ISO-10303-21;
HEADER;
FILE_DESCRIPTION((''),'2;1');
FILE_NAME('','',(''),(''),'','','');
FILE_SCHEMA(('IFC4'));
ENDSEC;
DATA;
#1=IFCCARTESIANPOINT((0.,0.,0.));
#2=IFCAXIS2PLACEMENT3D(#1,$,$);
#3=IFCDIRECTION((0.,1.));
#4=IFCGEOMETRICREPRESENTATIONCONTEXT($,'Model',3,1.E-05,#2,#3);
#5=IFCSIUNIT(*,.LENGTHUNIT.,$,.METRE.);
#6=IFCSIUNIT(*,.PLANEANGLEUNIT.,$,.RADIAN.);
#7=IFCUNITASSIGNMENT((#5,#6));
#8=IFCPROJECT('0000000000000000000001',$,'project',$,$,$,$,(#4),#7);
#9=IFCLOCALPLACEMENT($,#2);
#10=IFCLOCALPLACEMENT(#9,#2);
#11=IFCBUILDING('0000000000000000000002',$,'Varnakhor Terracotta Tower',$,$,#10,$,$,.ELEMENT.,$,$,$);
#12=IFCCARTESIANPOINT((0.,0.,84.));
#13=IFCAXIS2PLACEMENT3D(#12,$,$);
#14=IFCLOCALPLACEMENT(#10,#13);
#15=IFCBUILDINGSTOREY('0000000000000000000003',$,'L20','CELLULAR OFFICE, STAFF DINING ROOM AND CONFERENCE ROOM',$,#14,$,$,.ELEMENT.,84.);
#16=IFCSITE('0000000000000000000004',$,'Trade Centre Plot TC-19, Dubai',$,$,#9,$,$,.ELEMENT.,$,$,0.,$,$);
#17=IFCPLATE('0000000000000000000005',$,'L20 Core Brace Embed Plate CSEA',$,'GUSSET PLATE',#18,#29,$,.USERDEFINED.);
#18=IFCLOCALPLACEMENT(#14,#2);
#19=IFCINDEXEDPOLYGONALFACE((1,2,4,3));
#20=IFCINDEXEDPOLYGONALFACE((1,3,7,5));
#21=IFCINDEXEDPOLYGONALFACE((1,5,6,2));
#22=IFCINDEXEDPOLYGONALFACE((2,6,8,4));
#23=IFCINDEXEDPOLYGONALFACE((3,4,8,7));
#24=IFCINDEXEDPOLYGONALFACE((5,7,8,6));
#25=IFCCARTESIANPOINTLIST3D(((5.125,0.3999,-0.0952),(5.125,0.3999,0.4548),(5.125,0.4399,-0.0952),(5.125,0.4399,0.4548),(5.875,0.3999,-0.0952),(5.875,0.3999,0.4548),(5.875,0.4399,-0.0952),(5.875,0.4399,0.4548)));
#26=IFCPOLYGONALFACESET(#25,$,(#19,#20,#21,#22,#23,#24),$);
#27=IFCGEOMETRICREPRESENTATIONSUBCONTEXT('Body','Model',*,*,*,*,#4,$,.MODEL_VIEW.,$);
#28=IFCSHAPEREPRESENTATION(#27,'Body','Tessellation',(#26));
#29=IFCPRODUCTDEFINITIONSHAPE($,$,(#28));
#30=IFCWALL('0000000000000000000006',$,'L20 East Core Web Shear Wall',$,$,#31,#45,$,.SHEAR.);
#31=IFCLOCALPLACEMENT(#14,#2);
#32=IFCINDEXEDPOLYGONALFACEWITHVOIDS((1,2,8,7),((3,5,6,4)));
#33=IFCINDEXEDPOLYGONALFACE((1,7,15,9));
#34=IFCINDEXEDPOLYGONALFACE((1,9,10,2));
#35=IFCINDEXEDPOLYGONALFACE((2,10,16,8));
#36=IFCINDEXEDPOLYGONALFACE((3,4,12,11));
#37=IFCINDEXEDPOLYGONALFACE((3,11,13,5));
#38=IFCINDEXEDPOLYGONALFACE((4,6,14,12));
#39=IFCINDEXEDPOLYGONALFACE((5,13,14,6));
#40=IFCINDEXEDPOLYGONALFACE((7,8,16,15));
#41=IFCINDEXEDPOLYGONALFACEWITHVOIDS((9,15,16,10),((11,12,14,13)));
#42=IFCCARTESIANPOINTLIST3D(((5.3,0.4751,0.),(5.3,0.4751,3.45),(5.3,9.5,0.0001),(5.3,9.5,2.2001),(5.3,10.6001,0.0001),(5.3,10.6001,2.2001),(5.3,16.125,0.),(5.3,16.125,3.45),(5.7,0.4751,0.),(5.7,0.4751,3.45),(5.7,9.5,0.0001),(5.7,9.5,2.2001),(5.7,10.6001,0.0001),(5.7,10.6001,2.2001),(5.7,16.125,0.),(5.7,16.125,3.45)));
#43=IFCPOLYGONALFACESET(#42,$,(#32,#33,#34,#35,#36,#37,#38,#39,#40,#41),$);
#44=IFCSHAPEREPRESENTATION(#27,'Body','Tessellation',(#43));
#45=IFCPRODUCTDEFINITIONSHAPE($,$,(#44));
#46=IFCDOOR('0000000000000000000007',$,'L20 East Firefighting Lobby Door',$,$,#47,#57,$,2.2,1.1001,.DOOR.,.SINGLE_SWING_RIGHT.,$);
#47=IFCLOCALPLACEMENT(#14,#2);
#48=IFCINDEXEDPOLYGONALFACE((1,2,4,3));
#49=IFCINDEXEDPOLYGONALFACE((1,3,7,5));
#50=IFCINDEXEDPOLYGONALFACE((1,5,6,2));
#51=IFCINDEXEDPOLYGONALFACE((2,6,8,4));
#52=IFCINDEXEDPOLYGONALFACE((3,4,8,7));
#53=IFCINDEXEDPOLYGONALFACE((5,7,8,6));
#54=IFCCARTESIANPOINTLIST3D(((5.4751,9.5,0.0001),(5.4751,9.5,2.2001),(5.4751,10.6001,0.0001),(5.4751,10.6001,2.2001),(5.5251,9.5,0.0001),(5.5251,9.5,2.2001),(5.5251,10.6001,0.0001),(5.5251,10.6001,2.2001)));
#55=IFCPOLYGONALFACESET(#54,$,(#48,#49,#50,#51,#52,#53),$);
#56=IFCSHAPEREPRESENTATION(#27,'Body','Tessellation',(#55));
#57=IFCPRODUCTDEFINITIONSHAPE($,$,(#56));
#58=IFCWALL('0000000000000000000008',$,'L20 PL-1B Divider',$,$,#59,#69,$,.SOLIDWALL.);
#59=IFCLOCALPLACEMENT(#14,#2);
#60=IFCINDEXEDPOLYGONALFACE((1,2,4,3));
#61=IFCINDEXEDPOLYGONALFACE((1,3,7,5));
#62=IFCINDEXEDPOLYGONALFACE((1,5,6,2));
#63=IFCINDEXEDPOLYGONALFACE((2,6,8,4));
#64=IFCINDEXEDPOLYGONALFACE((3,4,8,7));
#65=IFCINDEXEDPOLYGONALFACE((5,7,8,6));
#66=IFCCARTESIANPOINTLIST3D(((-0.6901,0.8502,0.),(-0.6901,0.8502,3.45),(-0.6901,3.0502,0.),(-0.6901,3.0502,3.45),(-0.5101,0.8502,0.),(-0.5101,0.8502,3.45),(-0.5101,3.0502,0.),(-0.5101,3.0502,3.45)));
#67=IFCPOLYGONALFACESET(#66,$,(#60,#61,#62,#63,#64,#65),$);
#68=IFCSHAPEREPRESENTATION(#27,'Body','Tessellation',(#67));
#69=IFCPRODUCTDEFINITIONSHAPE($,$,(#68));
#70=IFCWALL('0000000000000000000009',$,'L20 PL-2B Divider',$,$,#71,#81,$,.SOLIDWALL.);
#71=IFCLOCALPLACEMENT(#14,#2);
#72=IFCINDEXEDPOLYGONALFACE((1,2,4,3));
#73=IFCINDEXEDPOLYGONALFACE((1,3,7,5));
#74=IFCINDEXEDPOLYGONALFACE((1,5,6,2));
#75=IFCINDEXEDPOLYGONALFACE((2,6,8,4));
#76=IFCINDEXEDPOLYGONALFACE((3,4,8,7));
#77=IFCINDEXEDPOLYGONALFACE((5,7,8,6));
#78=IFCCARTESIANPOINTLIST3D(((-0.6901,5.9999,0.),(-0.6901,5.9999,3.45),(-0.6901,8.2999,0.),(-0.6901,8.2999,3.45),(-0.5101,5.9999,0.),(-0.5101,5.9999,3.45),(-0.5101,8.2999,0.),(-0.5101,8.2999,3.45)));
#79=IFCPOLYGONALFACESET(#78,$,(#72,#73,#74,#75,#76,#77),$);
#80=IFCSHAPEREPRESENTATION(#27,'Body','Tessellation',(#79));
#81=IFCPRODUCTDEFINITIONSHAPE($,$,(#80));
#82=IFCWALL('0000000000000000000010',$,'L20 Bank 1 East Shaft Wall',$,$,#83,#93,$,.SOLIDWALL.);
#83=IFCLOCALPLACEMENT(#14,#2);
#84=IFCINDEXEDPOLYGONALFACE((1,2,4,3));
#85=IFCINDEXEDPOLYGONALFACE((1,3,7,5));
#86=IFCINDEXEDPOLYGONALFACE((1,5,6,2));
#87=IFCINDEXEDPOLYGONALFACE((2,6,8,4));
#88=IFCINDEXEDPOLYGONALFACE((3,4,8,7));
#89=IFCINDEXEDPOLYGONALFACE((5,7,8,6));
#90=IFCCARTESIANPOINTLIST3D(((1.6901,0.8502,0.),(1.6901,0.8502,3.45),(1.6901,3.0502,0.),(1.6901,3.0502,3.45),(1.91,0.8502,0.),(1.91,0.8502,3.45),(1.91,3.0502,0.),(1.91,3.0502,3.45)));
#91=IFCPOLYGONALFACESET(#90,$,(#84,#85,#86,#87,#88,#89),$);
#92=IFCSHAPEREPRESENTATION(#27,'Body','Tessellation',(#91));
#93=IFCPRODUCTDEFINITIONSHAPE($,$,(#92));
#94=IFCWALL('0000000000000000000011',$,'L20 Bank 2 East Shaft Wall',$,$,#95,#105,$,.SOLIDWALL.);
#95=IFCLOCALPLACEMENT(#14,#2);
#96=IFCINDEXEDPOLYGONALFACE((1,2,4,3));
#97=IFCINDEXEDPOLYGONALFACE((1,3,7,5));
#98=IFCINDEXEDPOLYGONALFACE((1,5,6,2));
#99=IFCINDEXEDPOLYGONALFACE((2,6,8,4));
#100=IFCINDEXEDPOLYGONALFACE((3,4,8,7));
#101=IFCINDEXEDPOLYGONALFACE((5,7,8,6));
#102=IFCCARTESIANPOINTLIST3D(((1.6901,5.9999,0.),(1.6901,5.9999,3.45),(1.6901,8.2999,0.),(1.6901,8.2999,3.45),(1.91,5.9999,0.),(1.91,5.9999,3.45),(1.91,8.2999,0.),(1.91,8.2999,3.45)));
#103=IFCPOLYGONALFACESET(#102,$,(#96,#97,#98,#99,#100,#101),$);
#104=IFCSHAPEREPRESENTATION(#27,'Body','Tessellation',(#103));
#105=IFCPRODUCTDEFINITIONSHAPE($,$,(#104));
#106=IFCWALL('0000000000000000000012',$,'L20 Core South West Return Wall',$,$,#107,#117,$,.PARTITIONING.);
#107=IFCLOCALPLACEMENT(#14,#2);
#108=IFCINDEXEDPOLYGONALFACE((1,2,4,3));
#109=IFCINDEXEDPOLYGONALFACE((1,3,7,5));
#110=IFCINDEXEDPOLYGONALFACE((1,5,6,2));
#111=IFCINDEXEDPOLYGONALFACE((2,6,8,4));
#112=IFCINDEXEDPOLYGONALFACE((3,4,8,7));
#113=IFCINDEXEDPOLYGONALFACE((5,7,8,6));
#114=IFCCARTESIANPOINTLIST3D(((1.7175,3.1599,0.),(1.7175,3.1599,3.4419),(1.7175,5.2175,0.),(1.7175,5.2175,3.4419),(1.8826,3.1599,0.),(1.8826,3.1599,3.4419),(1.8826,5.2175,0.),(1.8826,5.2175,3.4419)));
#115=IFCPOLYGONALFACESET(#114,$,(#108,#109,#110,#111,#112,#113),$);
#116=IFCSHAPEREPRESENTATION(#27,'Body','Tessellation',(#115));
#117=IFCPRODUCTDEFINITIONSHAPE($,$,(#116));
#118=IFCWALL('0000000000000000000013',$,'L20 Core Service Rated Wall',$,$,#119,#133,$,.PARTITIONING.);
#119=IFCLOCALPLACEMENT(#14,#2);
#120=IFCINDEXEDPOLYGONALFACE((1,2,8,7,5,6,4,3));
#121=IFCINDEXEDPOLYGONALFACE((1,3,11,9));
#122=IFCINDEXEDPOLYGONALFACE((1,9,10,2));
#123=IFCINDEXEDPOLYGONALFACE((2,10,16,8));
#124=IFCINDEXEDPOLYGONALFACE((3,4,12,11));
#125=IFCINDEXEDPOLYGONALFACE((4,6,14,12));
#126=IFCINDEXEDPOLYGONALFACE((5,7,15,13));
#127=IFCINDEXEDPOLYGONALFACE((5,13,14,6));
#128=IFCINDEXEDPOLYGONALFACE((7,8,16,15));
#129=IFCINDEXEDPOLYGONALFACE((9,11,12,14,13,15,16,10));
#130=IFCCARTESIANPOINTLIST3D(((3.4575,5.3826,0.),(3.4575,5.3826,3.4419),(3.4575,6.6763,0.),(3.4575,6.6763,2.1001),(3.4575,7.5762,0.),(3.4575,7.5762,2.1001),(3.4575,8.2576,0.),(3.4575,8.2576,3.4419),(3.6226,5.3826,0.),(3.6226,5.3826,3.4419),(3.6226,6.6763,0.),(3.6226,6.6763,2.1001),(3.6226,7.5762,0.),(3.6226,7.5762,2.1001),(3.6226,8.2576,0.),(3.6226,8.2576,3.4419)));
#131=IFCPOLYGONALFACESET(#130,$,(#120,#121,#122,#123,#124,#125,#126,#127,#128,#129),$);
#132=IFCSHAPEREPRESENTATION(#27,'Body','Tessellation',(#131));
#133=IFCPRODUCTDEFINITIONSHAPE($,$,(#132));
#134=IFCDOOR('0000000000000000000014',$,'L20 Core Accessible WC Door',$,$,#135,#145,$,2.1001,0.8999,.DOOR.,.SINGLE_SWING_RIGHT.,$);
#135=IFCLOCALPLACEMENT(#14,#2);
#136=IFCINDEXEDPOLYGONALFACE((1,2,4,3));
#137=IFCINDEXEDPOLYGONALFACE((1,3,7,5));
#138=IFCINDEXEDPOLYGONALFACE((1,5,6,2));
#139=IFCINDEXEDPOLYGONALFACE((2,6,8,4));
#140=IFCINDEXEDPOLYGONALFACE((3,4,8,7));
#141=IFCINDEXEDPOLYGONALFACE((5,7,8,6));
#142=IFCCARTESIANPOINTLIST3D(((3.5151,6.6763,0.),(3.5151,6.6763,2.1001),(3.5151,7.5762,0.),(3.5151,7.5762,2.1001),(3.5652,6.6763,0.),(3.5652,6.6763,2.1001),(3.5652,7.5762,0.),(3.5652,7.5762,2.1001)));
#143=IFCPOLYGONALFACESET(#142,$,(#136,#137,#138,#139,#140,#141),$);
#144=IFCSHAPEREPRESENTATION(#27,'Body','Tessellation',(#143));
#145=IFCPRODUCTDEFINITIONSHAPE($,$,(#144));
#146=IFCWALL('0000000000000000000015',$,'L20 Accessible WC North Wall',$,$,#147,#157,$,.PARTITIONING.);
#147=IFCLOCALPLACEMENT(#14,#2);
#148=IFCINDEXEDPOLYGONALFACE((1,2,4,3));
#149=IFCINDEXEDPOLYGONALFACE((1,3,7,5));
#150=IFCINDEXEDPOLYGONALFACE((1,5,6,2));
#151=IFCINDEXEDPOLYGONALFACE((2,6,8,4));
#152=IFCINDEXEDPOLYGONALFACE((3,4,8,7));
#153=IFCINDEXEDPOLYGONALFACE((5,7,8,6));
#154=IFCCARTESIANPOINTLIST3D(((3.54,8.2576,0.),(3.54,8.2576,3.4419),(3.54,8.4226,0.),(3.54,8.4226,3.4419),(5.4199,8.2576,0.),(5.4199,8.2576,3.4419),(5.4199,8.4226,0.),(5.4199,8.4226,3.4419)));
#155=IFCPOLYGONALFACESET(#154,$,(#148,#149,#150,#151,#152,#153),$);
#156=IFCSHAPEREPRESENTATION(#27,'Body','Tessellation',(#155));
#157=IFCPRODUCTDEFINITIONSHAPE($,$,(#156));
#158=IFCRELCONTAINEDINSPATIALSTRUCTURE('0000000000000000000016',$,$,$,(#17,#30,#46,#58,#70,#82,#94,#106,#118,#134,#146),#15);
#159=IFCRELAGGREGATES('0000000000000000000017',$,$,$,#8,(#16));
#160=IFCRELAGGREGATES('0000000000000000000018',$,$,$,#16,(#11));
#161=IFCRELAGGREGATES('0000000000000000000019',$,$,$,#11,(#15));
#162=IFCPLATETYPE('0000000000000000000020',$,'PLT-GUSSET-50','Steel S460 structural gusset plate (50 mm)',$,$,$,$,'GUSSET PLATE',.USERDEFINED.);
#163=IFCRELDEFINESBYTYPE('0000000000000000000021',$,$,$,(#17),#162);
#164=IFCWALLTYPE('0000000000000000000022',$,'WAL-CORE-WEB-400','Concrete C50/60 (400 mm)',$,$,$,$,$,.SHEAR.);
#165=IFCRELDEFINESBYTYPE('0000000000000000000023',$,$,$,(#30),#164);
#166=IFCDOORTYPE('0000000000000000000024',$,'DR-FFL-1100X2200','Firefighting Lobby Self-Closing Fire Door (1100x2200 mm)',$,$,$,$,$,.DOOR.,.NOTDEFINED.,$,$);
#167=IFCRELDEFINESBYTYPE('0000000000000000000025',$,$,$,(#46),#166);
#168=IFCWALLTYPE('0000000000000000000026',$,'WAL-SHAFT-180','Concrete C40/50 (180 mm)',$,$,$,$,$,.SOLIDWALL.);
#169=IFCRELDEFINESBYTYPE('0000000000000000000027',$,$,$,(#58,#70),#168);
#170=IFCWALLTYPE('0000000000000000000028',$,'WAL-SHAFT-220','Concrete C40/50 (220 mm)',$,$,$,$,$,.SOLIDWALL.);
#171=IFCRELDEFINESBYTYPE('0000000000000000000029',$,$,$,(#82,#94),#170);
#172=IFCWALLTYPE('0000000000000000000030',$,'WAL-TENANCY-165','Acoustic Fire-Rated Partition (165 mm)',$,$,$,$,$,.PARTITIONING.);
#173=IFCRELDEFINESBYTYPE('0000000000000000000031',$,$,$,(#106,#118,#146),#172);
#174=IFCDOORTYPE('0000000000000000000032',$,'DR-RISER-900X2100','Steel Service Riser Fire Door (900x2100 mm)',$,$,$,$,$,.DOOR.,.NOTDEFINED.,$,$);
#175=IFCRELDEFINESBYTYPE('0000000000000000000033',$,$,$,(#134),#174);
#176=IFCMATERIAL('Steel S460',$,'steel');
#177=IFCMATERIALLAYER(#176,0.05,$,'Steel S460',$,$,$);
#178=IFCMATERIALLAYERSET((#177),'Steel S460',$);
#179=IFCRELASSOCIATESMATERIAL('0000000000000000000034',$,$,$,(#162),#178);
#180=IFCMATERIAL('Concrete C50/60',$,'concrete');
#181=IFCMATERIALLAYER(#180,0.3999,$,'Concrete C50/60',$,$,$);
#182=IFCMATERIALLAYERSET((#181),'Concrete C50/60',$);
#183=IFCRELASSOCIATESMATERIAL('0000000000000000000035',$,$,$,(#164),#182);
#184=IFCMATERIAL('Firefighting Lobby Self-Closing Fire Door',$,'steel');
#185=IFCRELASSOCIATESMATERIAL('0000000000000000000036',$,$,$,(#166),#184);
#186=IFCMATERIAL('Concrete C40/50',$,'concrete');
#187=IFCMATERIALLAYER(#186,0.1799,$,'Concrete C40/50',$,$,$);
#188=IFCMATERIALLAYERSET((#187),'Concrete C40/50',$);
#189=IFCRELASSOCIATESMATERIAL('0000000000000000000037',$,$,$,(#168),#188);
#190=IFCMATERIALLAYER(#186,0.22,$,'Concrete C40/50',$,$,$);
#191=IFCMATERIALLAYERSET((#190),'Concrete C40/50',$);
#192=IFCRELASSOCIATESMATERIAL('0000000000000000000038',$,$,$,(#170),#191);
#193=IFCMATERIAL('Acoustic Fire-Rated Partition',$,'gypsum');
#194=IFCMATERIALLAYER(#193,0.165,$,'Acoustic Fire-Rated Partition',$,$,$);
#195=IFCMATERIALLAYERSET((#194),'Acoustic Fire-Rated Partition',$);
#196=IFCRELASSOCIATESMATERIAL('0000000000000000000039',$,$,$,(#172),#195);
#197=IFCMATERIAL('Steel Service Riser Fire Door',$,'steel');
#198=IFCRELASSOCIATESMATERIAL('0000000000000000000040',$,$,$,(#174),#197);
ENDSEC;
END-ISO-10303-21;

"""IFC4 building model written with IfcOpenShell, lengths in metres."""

from ifc_helpers import new_model, si_unit, direction, frame, frame_2d, origin, origin_2d, place, context, subcontext, project, spatial, rectangle, extrude, source, transform, mapped, material, layer, layer_set, type_object, type_shapes, element, fill, save


model = new_model("IFC4")

# Units and contexts
model_context = context("Model", 3, precision=1e-05, world=origin(), true_north=direction((0.0, 1.0)))
body_context = subcontext(model_context, "Body", "Model", "MODEL_VIEW")
ifc_project = project(units=[si_unit("LENGTHUNIT", "METRE"), si_unit("PLANEANGLEUNIT", "RADIAN")], contexts=[model_context])

# Site, building, storey
site_placement = place(None, origin())
site = spatial("IfcSite", under=ifc_project, at=site_placement, Name="Trade Centre Plot TC-19, Dubai", CompositionType="ELEMENT", RefElevation=0.0)
building_placement = place(site_placement, origin())
building = spatial("IfcBuilding", under=site, at=building_placement, Name="Varnakhor Terracotta Tower", CompositionType="ELEMENT")
storey_placement = place(building_placement, frame((0.0, 0.0, 84.0)))
storey = spatial("IfcBuildingStorey", under=building, at=storey_placement, Name="L20", Description="CELLULAR OFFICE, STAFF DINING ROOM AND CONFERENCE ROOM", CompositionType="ELEMENT", Elevation=84.0)

# Shared definitions
ifc_material_1 = material(Name="Concrete C50/60", Category="concrete")

# Shared definitions
ifc_material_2 = material(Name="Steel S460", Category="steel")

# Shared definitions
ifc_material_3 = material(Name="Concrete C40/50", Category="concrete")

# Plate
ifc_layer_1 = layer(ifc_material_2, 0.05, Name="Steel S460")
ifc_layer_set_1 = layer_set([ifc_layer_1], Name="Steel S460")
plate_type = type_object("IfcPlateType", Name="PLT-GUSSET-50", Description="Steel S460 structural gusset plate (50 mm)", ElementType="GUSSET PLATE", PredefinedType="USERDEFINED", material=ifc_layer_set_1)
shared_shape_1 = source(origin(), body_context, "Body", "SweptSolid", [
    extrude(rectangle(XDim=0.75, YDim=0.04, at=origin_2d()), origin(), (0.0, 0.0, 1.0), 0.55),
])
type_shapes(plate_type, [shared_shape_1])
plate_placement = place(storey_placement, frame((5.5, 0.4199, -0.0952), z_axis=(0.0, 0.0, 1.0), x_axis=(1.0, 0.0, 0.0)))
element("IfcPlate", 1, at=plate_placement, inside=storey, type_object=plate_type, Name="L20 Core Brace Embed Plate CSEA", ObjectType="GUSSET PLATE", PredefinedType="USERDEFINED", context=body_context, shape_type="MappedRepresentation", body=[
    mapped(shared_shape_1, transform((0.0, 0.0, 0.0), scale=1.0)),
])

# Wall, opening, door
ifc_layer_2 = layer(ifc_material_1, 0.3999, Name="Concrete C50/60")
ifc_layer_set_2 = layer_set([ifc_layer_2], Name="Concrete C50/60")
wall_type_1 = type_object("IfcWallType", Name="WAL-CORE-WEB-400", Description="Concrete C50/60 (400 mm)", PredefinedType="SHEAR", material=ifc_layer_set_2)
wall_1_placement = place(storey_placement, frame((5.5, 0.4751, 0.0), z_axis=(0.0, 0.0, 1.0), x_axis=(0.0, 1.0, 0.0)))
wall_1 = element("IfcWall", 2, at=wall_1_placement, inside=storey, type_object=wall_type_1, Name="L20 East Core Web Shear Wall", PredefinedType="SHEAR", context=body_context, shape_type="SweptSolid", body=[
    extrude(rectangle(XDim=15.6499, YDim=0.3999, at=frame_2d((7.825, 0.0))), origin(), (0.0, 0.0, 1.0), 3.45),
])
opening_1_placement = place(wall_1_placement, frame((9.0249, 0.0, 0.0)))
opening_1 = element("IfcOpeningElement", 3, at=opening_1_placement, cuts=wall_1, PredefinedType="OPENING", context=body_context, shape_type="SweptSolid", body=[
    extrude(rectangle(XDim=1.1001, YDim=2.2, at=frame_2d((0.55, 1.1001))), frame((0.0, 0.21, 0.0), z_axis=(0.0, -1.0, 0.0), x_axis=(1.0, 0.0, 0.0)), (0.0, 0.0, 1.0), 0.4199),
])
ifc_material_4 = material(Name="Firefighting Lobby Self-Closing Fire Door", Category="steel")
door_type_1 = type_object("IfcDoorType", Name="DR-FFL-1100X2200", Description="Firefighting Lobby Self-Closing Fire Door (1100x2200 mm)", OperationType="NOTDEFINED", PredefinedType="DOOR", material=ifc_material_4)
shared_shape_2 = source(origin(), body_context, "Body", "SweptSolid", [
    extrude(rectangle(XDim=1.1001, YDim=2.2, at=frame_2d((0.55, 1.1001))), frame((0.0, 0.0249, 0.0), z_axis=(0.0, -1.0, 0.0), x_axis=(1.0, 0.0, 0.0)), (0.0, 0.0, 1.0), 0.05),
])
type_shapes(door_type_1, [shared_shape_2])
door_1_placement = place(opening_1_placement, origin())
door_1 = element("IfcDoor", 4, at=door_1_placement, inside=storey, type_object=door_type_1, Name="L20 East Firefighting Lobby Door", OperationType="SINGLE_SWING_RIGHT", OverallHeight=2.2, OverallWidth=1.1001, PredefinedType="DOOR", context=body_context, shape_type="MappedRepresentation", body=[
    mapped(shared_shape_2, transform((0.0, 0.0, 0.0), scale=1.0)),
])
fill(opening_1, door_1)

# Walls
ifc_layer_3 = layer(ifc_material_3, 0.1799, Name="Concrete C40/50")
ifc_layer_set_3 = layer_set([ifc_layer_3], Name="Concrete C40/50")
wall_type_2 = type_object("IfcWallType", Name="WAL-SHAFT-180", Description="Concrete C40/50 (180 mm)", PredefinedType="SOLIDWALL", material=ifc_layer_set_3)
wall_2_placement = place(storey_placement, frame((-0.6001, 0.8501, 0.0), z_axis=(0.0, 0.0, 1.0), x_axis=(0.0, 1.0, 0.0)))
element("IfcWall", 5, at=wall_2_placement, inside=storey, type_object=wall_type_2, Name="L20 PL-1B Divider", PredefinedType="SOLIDWALL", context=body_context, shape_type="SweptSolid", body=[
    extrude(rectangle(XDim=2.2, YDim=0.1799, at=frame_2d((1.1001, 0.0))), origin(), (0.0, 0.0, 1.0), 3.45),
])
wall_3_placement = place(storey_placement, frame((-0.6001, 6.0, 0.0), z_axis=(0.0, 0.0, 1.0), x_axis=(0.0, 1.0, 0.0)))
element("IfcWall", 6, at=wall_3_placement, inside=storey, type_object=wall_type_2, Name="L20 PL-2B Divider", PredefinedType="SOLIDWALL", context=body_context, shape_type="SweptSolid", body=[
    extrude(rectangle(XDim=2.3, YDim=0.1799, at=frame_2d((1.1499, 0.0))), origin(), (0.0, 0.0, 1.0), 3.45),
])
ifc_layer_4 = layer(ifc_material_3, 0.22, Name="Concrete C40/50")
ifc_layer_set_4 = layer_set([ifc_layer_4], Name="Concrete C40/50")
wall_type_3 = type_object("IfcWallType", Name="WAL-SHAFT-220", Description="Concrete C40/50 (220 mm)", PredefinedType="SOLIDWALL", material=ifc_layer_set_4)
wall_4_placement = place(storey_placement, frame((1.8, 0.8501, 0.0), z_axis=(0.0, 0.0, 1.0), x_axis=(0.0, 1.0, 0.0)))
element("IfcWall", 7, at=wall_4_placement, inside=storey, type_object=wall_type_3, Name="L20 Bank 1 East Shaft Wall", PredefinedType="SOLIDWALL", context=body_context, shape_type="SweptSolid", body=[
    extrude(rectangle(XDim=2.2, YDim=0.22, at=frame_2d((1.1001, 0.0))), origin(), (0.0, 0.0, 1.0), 3.45),
])
wall_5_placement = place(storey_placement, frame((1.8, 6.0, 0.0), z_axis=(0.0, 0.0, 1.0), x_axis=(0.0, 1.0, 0.0)))
element("IfcWall", 8, at=wall_5_placement, inside=storey, type_object=wall_type_3, Name="L20 Bank 2 East Shaft Wall", PredefinedType="SOLIDWALL", context=body_context, shape_type="SweptSolid", body=[
    extrude(rectangle(XDim=2.3, YDim=0.22, at=frame_2d((1.1499, 0.0))), origin(), (0.0, 0.0, 1.0), 3.45),
])
ifc_material_5 = material(Name="Acoustic Fire-Rated Partition", Category="gypsum")
ifc_layer_5 = layer(ifc_material_5, 0.165, Name="Acoustic Fire-Rated Partition")
ifc_layer_set_5 = layer_set([ifc_layer_5], Name="Acoustic Fire-Rated Partition")
wall_type_4 = type_object("IfcWallType", Name="WAL-TENANCY-165", Description="Acoustic Fire-Rated Partition (165 mm)", PredefinedType="PARTITIONING", material=ifc_layer_set_5)
wall_6_placement = place(storey_placement, frame((1.8, 3.1599, 0.0), z_axis=(0.0, 0.0, 1.0), x_axis=(0.0, 1.0, 0.0)))
element("IfcWall", 9, at=wall_6_placement, inside=storey, type_object=wall_type_4, Name="L20 Core South West Return Wall", PredefinedType="PARTITIONING", context=body_context, shape_type="SweptSolid", body=[
    extrude(rectangle(XDim=2.0576, YDim=0.165, at=frame_2d((1.0288, 0.0))), origin(), (0.0, 0.0, 1.0), 3.4419),
])

# Wall, opening, door
wall_7_placement = place(storey_placement, frame((3.54, 5.3826, 0.0), z_axis=(0.0, 0.0, 1.0), x_axis=(0.0, 1.0, 0.0)))
wall_7 = element("IfcWall", 10, at=wall_7_placement, inside=storey, type_object=wall_type_4, Name="L20 Core Service Rated Wall", PredefinedType="PARTITIONING", context=body_context, shape_type="SweptSolid", body=[
    extrude(rectangle(XDim=2.875, YDim=0.165, at=frame_2d((1.4375, 0.0))), origin(), (0.0, 0.0, 1.0), 3.4419),
])
opening_2_placement = place(wall_7_placement, frame((1.2937, 0.0, 0.0)))
opening_2 = element("IfcOpeningElement", 11, at=opening_2_placement, cuts=wall_7, PredefinedType="OPENING", context=body_context, shape_type="SweptSolid", body=[
    extrude(rectangle(XDim=0.8999, YDim=2.1001, at=frame_2d((0.45, 1.05))), frame((0.0, 0.0925, 0.0), z_axis=(0.0, -1.0, 0.0), x_axis=(1.0, 0.0, 0.0)), (0.0, 0.0, 1.0), 0.1851),
])
ifc_material_6 = material(Name="Steel Service Riser Fire Door", Category="steel")
door_type_2 = type_object("IfcDoorType", Name="DR-RISER-900X2100", Description="Steel Service Riser Fire Door (900x2100 mm)", OperationType="NOTDEFINED", PredefinedType="DOOR", material=ifc_material_6)
shared_shape_3 = source(origin(), body_context, "Body", "SweptSolid", [
    extrude(rectangle(XDim=0.8999, YDim=2.1001, at=frame_2d((0.45, 1.05))), frame((0.0, 0.0249, 0.0), z_axis=(0.0, -1.0, 0.0), x_axis=(1.0, 0.0, 0.0)), (0.0, 0.0, 1.0), 0.05),
])
type_shapes(door_type_2, [shared_shape_3])
door_2_placement = place(opening_2_placement, origin())
door_2 = element("IfcDoor", 12, at=door_2_placement, inside=storey, type_object=door_type_2, Name="L20 Core Accessible WC Door", OperationType="SINGLE_SWING_RIGHT", OverallHeight=2.1001, OverallWidth=0.8999, PredefinedType="DOOR", context=body_context, shape_type="MappedRepresentation", body=[
    mapped(shared_shape_3, transform((0.0, 0.0, 0.0), scale=1.0)),
])
fill(opening_2, door_2)

# Wall
wall_8_placement = place(storey_placement, frame((3.54, 8.3401, 0.0), z_axis=(0.0, 0.0, 1.0), x_axis=(1.0, 0.0, 0.0)))
element("IfcWall", 13, at=wall_8_placement, inside=storey, type_object=wall_type_4, Name="L20 Accessible WC North Wall", PredefinedType="PARTITIONING", context=body_context, shape_type="SweptSolid", body=[
    extrude(rectangle(XDim=1.8799, YDim=0.165, at=frame_2d((0.9399, 0.0))), origin(), (0.0, 0.0, 1.0), 3.4419),
])

save(model, "model.ifc")
